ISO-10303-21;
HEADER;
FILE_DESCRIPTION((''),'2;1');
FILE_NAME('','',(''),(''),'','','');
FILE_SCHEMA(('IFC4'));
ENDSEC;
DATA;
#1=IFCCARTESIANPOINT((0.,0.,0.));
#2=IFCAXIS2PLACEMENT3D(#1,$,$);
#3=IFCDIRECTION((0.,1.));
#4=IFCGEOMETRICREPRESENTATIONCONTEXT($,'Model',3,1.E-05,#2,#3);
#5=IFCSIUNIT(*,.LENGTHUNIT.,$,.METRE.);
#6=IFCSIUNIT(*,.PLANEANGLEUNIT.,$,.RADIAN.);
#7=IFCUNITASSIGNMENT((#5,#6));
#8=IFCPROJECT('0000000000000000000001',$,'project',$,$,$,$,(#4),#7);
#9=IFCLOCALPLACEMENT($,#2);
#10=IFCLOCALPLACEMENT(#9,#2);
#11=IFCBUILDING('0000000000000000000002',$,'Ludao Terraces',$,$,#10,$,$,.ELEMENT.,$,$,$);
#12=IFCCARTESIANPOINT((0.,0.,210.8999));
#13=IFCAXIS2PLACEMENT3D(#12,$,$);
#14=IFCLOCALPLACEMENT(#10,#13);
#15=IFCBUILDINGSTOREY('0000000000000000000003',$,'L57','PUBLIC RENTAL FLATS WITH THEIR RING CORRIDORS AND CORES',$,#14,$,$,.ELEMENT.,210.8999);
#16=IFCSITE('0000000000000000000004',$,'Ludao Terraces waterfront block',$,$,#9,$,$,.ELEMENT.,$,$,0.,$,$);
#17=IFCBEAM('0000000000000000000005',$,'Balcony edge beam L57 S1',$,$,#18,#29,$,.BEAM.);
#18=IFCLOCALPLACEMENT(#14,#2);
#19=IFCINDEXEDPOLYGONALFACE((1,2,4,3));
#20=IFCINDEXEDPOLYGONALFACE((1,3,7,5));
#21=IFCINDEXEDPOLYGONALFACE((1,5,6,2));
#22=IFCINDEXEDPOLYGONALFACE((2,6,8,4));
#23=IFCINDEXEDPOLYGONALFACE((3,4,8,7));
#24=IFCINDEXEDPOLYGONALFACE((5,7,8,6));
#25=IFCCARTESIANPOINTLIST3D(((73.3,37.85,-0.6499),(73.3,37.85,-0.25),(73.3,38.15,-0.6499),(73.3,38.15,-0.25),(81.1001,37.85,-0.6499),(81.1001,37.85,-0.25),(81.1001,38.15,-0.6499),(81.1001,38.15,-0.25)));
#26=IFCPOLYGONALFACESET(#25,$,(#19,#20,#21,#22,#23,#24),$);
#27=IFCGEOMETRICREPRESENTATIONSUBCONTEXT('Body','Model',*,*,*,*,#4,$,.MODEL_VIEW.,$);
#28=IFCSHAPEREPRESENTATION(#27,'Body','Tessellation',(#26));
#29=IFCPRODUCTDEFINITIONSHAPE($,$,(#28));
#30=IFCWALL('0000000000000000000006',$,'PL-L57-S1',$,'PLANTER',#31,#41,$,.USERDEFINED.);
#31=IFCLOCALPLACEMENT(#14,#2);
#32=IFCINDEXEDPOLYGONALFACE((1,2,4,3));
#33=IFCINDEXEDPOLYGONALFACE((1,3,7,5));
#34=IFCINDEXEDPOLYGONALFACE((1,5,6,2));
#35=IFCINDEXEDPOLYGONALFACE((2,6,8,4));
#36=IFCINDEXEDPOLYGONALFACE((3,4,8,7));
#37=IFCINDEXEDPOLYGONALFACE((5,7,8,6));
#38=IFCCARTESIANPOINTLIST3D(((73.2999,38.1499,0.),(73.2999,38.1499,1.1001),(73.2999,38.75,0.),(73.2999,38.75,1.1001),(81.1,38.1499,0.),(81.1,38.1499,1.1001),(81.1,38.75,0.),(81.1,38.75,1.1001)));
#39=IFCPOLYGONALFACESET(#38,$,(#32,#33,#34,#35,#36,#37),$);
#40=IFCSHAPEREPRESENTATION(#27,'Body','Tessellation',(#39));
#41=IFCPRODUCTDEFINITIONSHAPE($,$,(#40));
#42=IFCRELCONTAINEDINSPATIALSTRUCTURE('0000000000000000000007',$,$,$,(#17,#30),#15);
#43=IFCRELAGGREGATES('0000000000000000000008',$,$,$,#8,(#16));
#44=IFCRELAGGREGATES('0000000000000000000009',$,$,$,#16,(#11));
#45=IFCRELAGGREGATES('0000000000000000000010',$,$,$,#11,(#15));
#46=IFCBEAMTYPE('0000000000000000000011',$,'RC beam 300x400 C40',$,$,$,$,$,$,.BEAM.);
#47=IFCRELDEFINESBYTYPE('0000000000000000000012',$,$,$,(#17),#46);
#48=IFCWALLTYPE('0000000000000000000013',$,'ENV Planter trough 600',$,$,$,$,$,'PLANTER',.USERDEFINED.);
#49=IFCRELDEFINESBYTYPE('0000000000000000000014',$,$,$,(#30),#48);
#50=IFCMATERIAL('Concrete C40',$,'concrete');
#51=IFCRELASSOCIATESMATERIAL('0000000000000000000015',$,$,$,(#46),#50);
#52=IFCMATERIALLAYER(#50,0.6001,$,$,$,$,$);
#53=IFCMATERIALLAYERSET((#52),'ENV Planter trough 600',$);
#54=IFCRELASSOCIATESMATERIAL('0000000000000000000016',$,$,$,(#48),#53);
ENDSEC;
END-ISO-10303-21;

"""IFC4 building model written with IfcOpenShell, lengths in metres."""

from ifc_helpers import new_model, si_unit, direction, frame, frame_2d, origin, origin_2d, place, context, subcontext, project, spatial, rectangle, extrude, material, layer, layer_set, material_profile, profile_set, type_object, element, save


model = new_model("IFC4")

# Units and contexts
model_context = context("Model", 3, precision=1e-05, world=origin(), true_north=direction((0.0, 1.0)))
body_context = subcontext(model_context, "Body", "Model", "MODEL_VIEW")
ifc_project = project(units=[si_unit("LENGTHUNIT", "METRE"), si_unit("PLANEANGLEUNIT", "RADIAN")], contexts=[model_context])

# Site, building, storey
site_placement = place(None, origin())
site = spatial("IfcSite", under=ifc_project, at=site_placement, Name="Ludao Terraces waterfront block", CompositionType="ELEMENT", RefElevation=0.0)
building_placement = place(site_placement, origin())
building = spatial("IfcBuilding", under=site, at=building_placement, Name="Ludao Terraces", CompositionType="ELEMENT")
storey_placement = place(building_placement, frame((0.0, 0.0, 210.8999)))
storey = spatial("IfcBuildingStorey", under=building, at=storey_placement, Name="L57", Description="PUBLIC RENTAL FLATS WITH THEIR RING CORRIDORS AND CORES", CompositionType="ELEMENT", Elevation=210.8999)

# Beam
ifc_material_1 = material(Name="Concrete C40", Category="concrete")
ifc_material_profile = material_profile(ifc_material_1, rectangle(XDim=0.3, YDim=0.3999, at=origin_2d()), Name="300 X 400")
ifc_profile_set = profile_set([ifc_material_profile], Name="Concrete C40")
beam_type = type_object("IfcBeamType", Name="RC beam 300x400 C40", PredefinedType="BEAM", material=ifc_profile_set)
beam_placement = place(storey_placement, frame((73.3, 38.0, -0.45), z_axis=(1.0, 0.0, 0.0), x_axis=(0.0, 1.0, 0.0)))
element("IfcBeam", 1, at=beam_placement, inside=storey, type_object=beam_type, Name="Balcony edge beam L57 S1", PredefinedType="BEAM", context=body_context, shape_type="SweptSolid", body=[
    extrude(rectangle(XDim=0.3, YDim=0.3999, at=origin_2d()), origin(), (0.0, 0.0, 1.0), 7.8),
])

# Wall
ifc_layer_1 = layer(ifc_material_1, 0.6001)
ifc_layer_set_1 = layer_set([ifc_layer_1], Name="ENV Planter trough 600")
wall_type_1 = type_object("IfcWallType", Name="ENV Planter trough 600", ElementType="PLANTER", PredefinedType="USERDEFINED", material=ifc_layer_set_1)
wall_1_placement = place(storey_placement, frame((73.3, 38.45, 0.0), z_axis=(0.0, 0.0, 1.0), x_axis=(1.0, 0.0, 0.0)))
element("IfcWall", 2, at=wall_1_placement, inside=storey, type_object=wall_type_1, Name="PL-L57-S1", ObjectType="PLANTER", PredefinedType="USERDEFINED", context=body_context, shape_type="SweptSolid", body=[
    extrude(rectangle(XDim=7.8, YDim=0.6001, at=frame_2d((3.8999, 0.0))), origin(), (0.0, 0.0, 1.0), 1.1001),
])

save(model, "model.ifc")
